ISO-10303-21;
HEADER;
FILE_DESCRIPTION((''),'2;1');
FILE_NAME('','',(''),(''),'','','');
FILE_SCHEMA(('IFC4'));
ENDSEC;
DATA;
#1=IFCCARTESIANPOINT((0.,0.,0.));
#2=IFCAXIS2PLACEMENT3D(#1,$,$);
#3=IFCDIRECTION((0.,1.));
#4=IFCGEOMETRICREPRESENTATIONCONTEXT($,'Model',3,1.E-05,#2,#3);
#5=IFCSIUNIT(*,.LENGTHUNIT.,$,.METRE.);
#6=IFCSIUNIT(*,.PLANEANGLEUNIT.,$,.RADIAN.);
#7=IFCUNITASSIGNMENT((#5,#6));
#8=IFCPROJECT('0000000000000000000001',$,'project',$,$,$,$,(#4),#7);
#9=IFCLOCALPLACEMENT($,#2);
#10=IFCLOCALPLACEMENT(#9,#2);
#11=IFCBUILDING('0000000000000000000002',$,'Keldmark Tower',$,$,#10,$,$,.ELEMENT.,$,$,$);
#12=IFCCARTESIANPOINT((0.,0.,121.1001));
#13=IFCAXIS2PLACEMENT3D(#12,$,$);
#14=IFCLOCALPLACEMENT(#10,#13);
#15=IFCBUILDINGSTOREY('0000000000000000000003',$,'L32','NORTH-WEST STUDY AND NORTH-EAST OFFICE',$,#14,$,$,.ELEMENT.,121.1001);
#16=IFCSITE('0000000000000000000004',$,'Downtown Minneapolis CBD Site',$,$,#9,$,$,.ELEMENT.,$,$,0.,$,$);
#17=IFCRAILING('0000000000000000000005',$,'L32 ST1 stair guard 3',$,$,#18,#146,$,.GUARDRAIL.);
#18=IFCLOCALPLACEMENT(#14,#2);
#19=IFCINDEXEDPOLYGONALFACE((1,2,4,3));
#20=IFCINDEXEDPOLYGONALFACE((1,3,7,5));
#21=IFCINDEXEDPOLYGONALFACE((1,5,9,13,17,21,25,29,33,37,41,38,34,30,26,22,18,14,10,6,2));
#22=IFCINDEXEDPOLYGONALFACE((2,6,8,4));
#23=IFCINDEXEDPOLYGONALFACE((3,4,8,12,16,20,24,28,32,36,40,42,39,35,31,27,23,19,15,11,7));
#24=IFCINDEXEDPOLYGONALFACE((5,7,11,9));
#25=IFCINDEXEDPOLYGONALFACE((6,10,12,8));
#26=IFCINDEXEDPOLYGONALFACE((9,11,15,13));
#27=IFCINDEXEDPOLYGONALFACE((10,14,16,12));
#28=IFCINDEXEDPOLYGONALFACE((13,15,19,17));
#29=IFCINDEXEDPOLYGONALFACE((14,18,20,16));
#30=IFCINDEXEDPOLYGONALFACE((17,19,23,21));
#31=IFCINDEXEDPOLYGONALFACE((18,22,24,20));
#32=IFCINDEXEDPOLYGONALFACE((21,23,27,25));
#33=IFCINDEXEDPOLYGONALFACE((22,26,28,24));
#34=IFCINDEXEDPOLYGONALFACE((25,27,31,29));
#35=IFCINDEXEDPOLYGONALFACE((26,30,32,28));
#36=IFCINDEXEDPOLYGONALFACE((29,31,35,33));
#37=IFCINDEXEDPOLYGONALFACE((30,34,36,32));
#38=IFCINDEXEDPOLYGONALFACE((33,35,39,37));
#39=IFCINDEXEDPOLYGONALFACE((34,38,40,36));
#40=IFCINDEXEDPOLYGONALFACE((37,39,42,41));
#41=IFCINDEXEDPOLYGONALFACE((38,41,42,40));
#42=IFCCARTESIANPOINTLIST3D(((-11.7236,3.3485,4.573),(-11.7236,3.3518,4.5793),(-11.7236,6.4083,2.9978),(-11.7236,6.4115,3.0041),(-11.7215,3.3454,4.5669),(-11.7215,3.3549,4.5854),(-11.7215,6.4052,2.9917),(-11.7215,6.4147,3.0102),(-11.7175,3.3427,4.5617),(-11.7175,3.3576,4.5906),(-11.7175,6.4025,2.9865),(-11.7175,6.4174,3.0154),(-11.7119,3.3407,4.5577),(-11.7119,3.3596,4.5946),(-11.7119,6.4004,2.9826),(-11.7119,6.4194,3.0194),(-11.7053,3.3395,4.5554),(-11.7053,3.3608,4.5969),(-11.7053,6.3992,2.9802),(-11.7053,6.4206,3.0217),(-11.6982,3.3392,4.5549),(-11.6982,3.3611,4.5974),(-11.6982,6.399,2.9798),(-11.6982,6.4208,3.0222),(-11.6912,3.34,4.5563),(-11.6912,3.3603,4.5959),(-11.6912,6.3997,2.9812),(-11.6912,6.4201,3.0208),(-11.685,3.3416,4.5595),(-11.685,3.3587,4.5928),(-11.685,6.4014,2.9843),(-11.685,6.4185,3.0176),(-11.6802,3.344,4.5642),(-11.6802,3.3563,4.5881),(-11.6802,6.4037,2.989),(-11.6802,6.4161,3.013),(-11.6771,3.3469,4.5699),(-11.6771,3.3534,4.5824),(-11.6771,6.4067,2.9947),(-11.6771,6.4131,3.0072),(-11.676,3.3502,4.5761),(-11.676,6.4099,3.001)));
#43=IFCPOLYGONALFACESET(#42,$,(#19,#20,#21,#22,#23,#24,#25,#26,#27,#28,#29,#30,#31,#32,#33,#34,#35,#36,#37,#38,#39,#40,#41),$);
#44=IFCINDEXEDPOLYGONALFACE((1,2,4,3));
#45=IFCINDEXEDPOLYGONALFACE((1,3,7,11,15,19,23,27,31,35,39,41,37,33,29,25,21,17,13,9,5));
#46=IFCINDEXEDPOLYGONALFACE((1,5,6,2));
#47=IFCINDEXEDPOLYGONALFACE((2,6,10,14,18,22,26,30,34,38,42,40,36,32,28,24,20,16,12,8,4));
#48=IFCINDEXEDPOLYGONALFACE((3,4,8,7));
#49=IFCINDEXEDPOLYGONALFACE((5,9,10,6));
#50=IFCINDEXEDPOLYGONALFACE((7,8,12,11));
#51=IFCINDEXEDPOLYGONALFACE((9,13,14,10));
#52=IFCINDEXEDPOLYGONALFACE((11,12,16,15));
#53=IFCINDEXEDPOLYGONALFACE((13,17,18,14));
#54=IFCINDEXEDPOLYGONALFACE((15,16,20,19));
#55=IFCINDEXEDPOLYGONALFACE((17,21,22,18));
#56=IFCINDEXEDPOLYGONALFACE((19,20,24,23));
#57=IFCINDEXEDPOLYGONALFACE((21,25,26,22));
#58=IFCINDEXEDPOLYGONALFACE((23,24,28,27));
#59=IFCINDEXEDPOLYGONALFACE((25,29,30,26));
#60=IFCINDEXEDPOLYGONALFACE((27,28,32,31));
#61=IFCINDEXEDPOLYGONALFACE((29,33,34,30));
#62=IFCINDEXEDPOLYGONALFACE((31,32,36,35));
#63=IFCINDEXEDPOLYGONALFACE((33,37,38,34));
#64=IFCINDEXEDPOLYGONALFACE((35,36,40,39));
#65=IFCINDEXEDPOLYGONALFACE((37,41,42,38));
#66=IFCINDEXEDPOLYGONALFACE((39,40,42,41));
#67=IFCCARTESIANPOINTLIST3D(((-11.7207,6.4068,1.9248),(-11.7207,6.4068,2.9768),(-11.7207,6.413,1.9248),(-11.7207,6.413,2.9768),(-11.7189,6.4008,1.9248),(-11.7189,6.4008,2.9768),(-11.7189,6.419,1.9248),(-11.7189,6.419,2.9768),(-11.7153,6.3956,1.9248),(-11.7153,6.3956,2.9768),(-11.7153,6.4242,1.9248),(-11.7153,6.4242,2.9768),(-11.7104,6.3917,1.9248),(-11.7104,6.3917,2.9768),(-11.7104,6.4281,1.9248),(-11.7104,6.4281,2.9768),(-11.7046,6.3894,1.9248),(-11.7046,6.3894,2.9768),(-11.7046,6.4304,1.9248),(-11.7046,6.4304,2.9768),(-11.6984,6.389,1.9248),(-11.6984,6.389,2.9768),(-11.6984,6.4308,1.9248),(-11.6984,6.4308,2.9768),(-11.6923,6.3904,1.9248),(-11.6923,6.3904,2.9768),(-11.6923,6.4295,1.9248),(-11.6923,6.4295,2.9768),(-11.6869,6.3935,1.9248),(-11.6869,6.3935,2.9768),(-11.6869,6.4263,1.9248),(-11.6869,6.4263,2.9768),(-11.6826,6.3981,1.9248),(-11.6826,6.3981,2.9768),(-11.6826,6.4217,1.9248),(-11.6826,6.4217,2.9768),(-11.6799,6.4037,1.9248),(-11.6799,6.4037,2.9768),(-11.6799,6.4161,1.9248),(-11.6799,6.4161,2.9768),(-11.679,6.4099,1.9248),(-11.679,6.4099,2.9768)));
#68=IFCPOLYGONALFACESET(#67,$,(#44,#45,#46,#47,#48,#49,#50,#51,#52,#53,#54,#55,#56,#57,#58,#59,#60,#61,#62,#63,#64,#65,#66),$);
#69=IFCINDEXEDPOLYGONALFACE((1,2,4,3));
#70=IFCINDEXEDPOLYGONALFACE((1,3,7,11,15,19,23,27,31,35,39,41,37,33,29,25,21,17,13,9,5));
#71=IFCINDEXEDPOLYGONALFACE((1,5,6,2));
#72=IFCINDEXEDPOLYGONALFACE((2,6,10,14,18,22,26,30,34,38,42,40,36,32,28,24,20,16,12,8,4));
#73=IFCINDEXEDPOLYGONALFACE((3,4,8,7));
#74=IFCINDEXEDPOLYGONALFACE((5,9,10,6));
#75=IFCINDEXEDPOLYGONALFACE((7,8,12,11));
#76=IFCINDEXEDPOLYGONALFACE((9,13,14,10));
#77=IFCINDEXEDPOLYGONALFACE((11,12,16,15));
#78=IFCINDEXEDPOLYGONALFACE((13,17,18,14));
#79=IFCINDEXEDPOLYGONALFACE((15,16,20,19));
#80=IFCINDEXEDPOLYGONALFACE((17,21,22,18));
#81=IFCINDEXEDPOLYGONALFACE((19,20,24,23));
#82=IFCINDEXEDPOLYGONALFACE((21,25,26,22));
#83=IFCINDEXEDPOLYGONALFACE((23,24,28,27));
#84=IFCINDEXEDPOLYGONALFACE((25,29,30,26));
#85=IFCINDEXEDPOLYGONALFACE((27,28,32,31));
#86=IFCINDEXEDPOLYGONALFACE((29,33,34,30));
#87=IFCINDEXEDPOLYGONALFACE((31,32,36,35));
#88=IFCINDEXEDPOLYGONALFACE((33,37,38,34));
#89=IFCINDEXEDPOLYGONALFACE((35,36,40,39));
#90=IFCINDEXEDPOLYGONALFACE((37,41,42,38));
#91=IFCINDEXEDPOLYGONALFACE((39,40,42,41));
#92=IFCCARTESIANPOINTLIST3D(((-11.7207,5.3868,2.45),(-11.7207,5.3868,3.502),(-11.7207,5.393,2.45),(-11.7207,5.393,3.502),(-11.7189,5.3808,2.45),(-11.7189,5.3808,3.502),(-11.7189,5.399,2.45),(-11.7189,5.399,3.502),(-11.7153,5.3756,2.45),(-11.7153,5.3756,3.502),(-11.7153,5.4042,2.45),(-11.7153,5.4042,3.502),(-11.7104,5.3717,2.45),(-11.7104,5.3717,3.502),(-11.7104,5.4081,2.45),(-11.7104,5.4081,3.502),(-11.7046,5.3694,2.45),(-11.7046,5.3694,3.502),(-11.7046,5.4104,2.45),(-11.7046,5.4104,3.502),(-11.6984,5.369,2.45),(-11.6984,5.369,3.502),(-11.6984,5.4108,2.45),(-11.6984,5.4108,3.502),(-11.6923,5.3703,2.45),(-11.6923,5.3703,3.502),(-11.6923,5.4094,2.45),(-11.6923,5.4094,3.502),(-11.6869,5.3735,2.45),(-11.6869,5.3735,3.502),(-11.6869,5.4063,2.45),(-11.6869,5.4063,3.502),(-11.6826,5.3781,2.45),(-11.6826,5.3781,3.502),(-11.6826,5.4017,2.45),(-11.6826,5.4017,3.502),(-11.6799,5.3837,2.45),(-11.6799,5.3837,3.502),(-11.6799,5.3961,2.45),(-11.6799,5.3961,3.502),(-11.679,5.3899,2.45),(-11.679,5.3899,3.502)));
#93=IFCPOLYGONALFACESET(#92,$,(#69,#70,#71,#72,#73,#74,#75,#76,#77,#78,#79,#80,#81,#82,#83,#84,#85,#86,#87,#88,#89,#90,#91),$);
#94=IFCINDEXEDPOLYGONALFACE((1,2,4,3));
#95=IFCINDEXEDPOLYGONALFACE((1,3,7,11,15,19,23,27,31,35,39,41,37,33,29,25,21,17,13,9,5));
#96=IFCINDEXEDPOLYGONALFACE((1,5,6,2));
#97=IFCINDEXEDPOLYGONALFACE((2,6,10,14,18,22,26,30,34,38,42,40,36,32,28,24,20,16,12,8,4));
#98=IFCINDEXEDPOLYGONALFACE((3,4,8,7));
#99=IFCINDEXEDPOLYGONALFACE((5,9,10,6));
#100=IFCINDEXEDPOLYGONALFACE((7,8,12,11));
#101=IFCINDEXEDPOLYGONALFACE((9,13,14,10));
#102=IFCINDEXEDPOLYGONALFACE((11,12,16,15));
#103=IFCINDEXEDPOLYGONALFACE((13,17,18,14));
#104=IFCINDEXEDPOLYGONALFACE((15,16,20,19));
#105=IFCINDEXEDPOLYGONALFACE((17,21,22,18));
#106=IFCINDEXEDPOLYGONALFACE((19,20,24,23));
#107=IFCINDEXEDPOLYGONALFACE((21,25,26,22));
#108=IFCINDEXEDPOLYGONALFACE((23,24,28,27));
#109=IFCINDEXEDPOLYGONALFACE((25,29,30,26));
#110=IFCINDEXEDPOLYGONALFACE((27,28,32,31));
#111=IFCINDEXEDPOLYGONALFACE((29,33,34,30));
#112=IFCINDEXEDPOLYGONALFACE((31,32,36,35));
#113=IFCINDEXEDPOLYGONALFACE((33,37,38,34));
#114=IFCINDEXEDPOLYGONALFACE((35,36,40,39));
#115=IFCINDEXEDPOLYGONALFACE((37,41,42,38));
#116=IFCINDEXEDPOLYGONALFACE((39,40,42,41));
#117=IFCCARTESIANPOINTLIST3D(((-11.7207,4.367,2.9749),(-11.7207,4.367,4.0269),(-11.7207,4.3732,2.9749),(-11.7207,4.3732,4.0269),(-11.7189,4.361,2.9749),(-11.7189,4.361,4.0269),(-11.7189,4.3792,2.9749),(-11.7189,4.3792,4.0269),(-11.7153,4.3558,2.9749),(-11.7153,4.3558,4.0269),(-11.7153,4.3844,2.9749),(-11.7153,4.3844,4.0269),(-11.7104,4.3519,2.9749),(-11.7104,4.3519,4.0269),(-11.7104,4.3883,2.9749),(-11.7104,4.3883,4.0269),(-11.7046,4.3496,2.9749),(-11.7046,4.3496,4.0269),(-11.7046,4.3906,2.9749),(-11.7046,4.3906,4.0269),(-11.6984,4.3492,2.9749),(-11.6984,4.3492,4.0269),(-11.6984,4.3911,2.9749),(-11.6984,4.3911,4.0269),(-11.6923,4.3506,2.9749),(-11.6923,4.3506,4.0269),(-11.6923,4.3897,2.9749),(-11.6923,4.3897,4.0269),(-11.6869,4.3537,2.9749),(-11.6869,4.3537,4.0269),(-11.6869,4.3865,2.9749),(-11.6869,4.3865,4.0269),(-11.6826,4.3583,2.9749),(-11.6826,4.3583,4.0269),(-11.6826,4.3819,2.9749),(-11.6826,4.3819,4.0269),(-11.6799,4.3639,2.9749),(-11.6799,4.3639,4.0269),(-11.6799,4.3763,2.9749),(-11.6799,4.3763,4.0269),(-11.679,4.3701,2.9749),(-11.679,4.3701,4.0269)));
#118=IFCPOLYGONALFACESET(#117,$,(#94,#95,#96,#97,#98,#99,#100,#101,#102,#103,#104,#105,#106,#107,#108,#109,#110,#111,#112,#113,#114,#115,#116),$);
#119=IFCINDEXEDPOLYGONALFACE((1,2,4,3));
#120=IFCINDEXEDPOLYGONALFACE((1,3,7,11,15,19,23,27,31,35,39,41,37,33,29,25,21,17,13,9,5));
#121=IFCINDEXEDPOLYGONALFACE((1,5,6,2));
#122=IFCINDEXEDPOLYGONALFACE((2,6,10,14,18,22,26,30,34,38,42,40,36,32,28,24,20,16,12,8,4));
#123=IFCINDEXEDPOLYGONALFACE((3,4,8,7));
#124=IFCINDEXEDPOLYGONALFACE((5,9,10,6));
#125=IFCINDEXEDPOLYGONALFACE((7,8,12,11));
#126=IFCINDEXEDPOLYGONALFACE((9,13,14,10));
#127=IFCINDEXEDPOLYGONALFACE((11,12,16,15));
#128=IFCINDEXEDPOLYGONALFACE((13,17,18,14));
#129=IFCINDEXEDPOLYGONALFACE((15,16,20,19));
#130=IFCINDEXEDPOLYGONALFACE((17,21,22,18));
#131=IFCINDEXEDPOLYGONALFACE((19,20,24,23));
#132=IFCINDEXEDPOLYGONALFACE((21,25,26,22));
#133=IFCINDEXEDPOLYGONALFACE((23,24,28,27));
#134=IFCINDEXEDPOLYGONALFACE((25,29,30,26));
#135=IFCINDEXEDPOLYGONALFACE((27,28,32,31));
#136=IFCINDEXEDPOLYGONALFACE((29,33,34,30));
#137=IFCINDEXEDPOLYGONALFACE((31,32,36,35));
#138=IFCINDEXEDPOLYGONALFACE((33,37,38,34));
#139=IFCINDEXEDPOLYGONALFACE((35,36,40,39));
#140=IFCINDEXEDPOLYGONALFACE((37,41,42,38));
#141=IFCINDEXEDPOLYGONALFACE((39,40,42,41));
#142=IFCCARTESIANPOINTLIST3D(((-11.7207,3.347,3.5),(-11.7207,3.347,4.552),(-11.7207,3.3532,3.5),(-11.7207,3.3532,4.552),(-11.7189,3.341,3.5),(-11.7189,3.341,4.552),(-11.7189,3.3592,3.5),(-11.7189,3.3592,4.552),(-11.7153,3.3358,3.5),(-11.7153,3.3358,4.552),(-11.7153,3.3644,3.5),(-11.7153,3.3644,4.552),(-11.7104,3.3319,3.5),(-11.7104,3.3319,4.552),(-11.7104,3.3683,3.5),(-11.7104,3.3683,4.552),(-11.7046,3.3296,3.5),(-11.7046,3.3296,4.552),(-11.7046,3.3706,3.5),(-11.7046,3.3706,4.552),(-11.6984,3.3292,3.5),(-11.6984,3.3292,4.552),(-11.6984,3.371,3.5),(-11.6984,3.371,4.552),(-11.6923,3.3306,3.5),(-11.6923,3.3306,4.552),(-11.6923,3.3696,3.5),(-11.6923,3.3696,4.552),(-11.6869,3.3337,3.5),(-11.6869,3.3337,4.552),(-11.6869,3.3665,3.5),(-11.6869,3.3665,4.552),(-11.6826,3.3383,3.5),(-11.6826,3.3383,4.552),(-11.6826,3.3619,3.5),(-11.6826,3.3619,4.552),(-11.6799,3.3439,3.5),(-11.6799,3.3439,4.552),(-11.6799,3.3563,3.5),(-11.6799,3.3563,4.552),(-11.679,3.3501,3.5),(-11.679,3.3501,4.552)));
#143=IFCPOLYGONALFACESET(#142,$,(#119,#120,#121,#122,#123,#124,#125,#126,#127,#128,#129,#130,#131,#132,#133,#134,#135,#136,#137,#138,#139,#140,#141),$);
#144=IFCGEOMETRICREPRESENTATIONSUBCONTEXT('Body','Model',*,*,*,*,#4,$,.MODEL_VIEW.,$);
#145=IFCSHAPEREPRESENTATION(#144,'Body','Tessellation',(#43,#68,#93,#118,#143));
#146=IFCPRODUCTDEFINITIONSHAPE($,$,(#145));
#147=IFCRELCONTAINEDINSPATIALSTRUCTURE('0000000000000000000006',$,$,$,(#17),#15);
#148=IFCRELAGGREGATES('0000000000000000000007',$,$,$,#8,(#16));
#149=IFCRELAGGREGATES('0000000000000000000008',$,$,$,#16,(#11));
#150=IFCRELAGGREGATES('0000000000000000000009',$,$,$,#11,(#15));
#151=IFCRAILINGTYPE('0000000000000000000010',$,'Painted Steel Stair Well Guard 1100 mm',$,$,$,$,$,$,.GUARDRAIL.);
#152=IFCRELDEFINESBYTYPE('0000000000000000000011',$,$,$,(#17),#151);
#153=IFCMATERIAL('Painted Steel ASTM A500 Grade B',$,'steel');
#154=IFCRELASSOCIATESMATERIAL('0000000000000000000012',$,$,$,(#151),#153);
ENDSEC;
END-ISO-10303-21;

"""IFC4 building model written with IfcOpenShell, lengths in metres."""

from ifc_helpers import new_model, si_unit, direction, frame, origin, origin_2d, place, context, subcontext, project, spatial, circle, extrude, material, type_object, element, save


model = new_model("IFC4")

# Units and contexts
model_context = context("Model", 3, precision=1e-05, world=origin(), true_north=direction((0.0, 1.0)))
body_context = subcontext(model_context, "Body", "Model", "MODEL_VIEW")
ifc_project = project(units=[si_unit("LENGTHUNIT", "METRE"), si_unit("PLANEANGLEUNIT", "RADIAN")], contexts=[model_context])

# Site, building, storey
site_placement = place(None, origin())
site = spatial("IfcSite", under=ifc_project, at=site_placement, Name="Downtown Minneapolis CBD Site", CompositionType="ELEMENT", RefElevation=0.0)
building_placement = place(site_placement, origin())
building = spatial("IfcBuilding", under=site, at=building_placement, Name="Keldmark Tower", CompositionType="ELEMENT")
storey_placement = place(building_placement, frame((0.0, 0.0, 121.1001)))
storey = spatial("IfcBuildingStorey", under=building, at=storey_placement, Name="L32", Description="NORTH-WEST STUDY AND NORTH-EAST OFFICE", CompositionType="ELEMENT", Elevation=121.1001)

# Railing
ifc_material_1 = material(Name="Painted Steel ASTM A500 Grade B", Category="steel")
railing_type_1 = type_object("IfcRailingType", Name="Painted Steel Stair Well Guard 1100 mm", PredefinedType="GUARDRAIL", material=ifc_material_1)
railing_1_placement = place(storey_placement, frame((-11.7, 6.4099, 1.9248)))
element("IfcRailing", 1, at=railing_1_placement, inside=storey, type_object=railing_type_1, Name="L32 ST1 stair guard 3", PredefinedType="GUARDRAIL", context=body_context, shape_type="SweptSolid", body=[
    extrude(circle(Radius=0.0239, at=origin_2d()), frame((0.0, 0.0, 1.0762), z_axis=(0.0, -0.889101, 0.45771), x_axis=(1.0, 0.0, 0.0)), (0.0, 0.0, 1.0), 3.4414),
    extrude(circle(Radius=0.021, at=origin_2d()), origin(), (0.0, 0.0, 1.0), 1.052),
    extrude(circle(Radius=0.021, at=origin_2d()), frame((0.0, -1.02, 0.5251)), (0.0, 0.0, 1.0), 1.052),
    extrude(circle(Radius=0.021, at=origin_2d()), frame((0.0, -2.0398, 1.05)), (0.0, 0.0, 1.0), 1.052),
    extrude(circle(Radius=0.021, at=origin_2d()), frame((0.0, -3.0598, 1.5752)), (0.0, 0.0, 1.0), 1.052),
])

save(model, "model.ifc")
